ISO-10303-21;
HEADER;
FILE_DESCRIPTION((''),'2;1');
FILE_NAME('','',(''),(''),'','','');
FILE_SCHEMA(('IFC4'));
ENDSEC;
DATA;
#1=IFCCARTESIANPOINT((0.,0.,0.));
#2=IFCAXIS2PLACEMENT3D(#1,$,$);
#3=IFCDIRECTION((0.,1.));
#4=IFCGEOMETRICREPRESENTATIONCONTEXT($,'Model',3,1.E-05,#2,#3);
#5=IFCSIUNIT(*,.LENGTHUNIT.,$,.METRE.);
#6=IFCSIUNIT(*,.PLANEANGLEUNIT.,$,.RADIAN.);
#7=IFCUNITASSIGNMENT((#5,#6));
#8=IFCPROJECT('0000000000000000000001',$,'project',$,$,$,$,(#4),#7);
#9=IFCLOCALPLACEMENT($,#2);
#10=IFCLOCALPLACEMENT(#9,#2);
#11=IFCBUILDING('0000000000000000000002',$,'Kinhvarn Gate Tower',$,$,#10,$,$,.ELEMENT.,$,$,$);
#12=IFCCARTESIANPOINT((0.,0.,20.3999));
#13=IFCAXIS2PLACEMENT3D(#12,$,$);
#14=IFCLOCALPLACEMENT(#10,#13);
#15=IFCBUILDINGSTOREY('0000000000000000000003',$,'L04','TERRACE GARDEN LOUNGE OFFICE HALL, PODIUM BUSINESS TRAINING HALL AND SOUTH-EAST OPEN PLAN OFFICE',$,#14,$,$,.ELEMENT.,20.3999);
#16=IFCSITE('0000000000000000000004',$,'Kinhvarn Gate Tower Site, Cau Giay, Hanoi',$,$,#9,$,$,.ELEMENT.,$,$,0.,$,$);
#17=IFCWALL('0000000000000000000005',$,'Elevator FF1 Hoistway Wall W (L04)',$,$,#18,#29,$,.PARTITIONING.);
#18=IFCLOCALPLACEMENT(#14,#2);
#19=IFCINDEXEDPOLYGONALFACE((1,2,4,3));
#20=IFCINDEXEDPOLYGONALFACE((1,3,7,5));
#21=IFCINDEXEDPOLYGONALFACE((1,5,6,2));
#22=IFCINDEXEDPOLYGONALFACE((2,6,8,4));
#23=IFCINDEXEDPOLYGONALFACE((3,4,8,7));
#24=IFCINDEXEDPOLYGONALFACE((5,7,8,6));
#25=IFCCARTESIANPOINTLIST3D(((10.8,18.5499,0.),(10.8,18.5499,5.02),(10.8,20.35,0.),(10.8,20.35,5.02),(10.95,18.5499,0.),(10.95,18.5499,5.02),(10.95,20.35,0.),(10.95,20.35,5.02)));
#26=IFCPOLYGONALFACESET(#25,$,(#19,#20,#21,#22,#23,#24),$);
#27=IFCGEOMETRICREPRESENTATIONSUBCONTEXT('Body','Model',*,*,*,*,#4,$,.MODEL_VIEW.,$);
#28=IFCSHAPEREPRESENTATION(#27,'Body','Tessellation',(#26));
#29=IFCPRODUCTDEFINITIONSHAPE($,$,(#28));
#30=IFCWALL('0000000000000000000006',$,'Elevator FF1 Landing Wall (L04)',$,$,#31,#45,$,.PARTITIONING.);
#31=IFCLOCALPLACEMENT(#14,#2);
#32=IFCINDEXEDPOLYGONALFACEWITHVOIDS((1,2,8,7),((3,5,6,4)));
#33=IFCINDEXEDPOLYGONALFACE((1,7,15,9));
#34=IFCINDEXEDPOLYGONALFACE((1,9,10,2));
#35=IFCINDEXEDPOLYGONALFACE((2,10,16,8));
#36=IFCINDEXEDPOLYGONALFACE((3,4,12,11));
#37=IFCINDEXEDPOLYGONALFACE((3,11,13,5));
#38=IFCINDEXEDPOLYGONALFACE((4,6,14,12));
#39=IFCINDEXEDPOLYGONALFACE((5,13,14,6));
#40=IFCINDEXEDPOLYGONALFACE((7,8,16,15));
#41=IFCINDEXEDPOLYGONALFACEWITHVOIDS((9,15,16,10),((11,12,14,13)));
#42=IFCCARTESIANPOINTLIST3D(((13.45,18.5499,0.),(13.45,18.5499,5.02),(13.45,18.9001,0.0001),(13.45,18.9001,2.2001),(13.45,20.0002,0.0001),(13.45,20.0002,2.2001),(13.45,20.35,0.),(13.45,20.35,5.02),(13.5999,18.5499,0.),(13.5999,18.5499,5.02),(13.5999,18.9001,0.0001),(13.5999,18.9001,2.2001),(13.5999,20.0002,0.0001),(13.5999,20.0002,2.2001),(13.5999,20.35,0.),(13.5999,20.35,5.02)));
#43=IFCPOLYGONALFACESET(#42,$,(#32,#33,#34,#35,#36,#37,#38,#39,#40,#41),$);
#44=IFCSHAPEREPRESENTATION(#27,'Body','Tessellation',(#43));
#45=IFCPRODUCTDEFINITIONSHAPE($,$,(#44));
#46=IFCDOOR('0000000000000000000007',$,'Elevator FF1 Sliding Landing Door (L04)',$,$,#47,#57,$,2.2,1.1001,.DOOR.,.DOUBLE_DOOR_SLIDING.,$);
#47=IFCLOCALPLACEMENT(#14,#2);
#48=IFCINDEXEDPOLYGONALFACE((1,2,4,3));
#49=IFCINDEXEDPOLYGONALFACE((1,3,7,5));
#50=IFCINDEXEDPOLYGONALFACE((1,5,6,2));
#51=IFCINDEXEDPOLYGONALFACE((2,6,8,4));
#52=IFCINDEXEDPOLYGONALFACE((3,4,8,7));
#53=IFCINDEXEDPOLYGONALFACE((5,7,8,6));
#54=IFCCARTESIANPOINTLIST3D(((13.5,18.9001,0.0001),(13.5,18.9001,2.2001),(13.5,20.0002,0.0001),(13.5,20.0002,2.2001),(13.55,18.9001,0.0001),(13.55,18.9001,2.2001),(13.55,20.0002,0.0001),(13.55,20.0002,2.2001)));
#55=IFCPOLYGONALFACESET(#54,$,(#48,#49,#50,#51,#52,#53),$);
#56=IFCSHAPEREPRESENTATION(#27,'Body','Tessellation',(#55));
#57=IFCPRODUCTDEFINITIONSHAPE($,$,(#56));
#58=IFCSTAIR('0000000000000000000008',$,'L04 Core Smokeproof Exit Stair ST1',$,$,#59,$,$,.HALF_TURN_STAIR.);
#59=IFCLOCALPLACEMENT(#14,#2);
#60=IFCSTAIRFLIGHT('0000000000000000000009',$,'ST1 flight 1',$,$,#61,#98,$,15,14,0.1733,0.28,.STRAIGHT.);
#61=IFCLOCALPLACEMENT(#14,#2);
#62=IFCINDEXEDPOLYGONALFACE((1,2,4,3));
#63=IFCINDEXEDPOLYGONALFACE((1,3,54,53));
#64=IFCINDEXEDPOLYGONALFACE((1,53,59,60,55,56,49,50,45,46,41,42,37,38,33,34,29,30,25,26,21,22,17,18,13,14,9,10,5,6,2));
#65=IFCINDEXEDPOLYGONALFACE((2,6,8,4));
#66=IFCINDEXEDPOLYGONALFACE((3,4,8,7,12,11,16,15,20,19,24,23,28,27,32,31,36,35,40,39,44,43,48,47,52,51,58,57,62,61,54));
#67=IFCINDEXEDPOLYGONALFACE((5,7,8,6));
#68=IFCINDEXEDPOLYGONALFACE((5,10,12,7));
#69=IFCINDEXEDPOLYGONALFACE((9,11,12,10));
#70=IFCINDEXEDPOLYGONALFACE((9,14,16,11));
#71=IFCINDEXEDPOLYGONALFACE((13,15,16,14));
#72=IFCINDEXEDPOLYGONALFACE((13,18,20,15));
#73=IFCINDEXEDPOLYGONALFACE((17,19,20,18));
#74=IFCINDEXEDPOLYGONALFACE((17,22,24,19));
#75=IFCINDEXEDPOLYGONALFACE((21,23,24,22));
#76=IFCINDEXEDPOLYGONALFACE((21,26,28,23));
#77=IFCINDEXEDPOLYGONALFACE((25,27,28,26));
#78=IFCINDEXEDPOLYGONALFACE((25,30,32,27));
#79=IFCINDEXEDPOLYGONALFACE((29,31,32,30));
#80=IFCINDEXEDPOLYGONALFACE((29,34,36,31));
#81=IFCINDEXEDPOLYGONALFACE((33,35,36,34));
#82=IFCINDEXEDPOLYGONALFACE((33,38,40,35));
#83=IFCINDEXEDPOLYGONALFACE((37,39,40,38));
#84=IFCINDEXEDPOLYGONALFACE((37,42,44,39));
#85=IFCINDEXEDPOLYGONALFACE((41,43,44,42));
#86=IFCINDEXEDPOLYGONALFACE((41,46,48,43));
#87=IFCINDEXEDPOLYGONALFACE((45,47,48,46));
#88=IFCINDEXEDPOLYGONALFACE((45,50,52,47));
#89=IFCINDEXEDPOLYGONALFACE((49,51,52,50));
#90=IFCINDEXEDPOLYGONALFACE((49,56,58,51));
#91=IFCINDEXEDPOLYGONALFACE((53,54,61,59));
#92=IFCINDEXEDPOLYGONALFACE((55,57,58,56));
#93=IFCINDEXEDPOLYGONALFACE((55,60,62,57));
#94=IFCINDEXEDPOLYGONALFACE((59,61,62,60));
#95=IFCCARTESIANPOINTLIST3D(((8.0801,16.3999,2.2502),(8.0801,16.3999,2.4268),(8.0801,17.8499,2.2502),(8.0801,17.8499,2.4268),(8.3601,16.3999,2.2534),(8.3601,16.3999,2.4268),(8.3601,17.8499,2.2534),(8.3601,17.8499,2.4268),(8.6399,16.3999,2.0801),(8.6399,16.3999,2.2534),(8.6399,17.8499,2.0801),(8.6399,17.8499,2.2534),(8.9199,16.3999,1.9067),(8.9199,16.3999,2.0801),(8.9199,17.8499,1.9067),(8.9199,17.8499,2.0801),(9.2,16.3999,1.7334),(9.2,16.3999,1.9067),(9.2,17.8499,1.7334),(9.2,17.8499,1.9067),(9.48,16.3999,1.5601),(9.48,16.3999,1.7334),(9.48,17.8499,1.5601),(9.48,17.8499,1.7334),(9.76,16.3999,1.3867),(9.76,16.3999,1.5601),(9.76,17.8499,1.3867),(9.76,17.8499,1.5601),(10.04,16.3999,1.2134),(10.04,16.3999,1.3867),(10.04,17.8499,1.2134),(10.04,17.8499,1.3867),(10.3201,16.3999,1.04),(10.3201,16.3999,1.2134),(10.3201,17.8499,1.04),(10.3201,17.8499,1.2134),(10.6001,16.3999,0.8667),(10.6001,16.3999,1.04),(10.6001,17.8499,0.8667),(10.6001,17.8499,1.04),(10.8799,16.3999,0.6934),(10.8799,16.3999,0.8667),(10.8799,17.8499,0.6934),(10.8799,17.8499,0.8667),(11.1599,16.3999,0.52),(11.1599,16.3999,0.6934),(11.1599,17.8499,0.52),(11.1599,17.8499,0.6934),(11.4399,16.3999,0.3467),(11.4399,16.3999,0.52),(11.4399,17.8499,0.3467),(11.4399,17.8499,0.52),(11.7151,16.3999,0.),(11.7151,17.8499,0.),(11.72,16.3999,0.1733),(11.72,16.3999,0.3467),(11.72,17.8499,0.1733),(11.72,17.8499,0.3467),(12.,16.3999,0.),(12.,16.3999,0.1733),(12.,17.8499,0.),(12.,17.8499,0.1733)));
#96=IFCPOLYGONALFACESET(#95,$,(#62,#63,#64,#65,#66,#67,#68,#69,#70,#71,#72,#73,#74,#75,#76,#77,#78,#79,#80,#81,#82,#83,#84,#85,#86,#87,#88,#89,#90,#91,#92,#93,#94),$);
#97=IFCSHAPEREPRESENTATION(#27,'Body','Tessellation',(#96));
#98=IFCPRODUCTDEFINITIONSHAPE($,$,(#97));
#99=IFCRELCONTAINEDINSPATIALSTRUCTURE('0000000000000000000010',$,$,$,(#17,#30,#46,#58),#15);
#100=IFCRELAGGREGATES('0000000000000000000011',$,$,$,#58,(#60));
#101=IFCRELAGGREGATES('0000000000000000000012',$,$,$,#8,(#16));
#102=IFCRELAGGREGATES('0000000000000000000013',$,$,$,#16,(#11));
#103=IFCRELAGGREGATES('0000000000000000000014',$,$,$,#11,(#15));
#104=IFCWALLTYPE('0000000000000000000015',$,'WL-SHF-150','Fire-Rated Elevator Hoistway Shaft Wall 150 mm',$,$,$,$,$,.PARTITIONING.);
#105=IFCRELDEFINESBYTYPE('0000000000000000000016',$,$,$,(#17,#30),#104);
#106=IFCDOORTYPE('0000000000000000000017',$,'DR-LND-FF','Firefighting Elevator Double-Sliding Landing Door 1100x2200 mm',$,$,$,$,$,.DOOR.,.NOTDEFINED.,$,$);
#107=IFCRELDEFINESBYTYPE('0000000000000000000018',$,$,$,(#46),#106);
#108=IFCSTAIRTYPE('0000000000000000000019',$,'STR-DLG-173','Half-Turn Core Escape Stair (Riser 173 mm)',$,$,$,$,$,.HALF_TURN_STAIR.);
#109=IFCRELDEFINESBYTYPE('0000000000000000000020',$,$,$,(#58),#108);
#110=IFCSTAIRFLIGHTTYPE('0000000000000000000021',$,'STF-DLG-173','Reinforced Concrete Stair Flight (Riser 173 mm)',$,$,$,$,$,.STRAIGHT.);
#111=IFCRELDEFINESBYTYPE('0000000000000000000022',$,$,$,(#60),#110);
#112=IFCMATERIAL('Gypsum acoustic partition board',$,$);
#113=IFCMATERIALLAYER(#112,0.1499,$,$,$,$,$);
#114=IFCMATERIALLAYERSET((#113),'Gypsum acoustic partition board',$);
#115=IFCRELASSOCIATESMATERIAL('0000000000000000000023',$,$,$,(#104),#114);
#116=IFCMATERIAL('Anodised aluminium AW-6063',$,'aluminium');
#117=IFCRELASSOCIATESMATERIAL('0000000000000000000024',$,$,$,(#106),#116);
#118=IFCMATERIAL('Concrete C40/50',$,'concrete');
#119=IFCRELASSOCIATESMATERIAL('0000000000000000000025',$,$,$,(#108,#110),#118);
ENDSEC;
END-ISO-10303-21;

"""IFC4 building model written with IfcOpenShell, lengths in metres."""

from ifc_helpers import new_model, si_unit, direction, frame, frame_2d, origin, place, context, subcontext, project, spatial, polyline, rectangle, outline, extrude, material, layer, layer_set, type_object, element, fill, aggregate, save


model = new_model("IFC4")

# Units and contexts
model_context = context("Model", 3, precision=1e-05, world=origin(), true_north=direction((0.0, 1.0)))
body_context = subcontext(model_context, "Body", "Model", "MODEL_VIEW")
ifc_project = project(units=[si_unit("LENGTHUNIT", "METRE"), si_unit("PLANEANGLEUNIT", "RADIAN")], contexts=[model_context])

# Site, building, storey
site_placement = place(None, origin())
site = spatial("IfcSite", under=ifc_project, at=site_placement, Name="Kinhvarn Gate Tower Site, Cau Giay, Hanoi", CompositionType="ELEMENT", RefElevation=0.0)
building_placement = place(site_placement, origin())
building = spatial("IfcBuilding", under=site, at=building_placement, Name="Kinhvarn Gate Tower", CompositionType="ELEMENT")
storey_placement = place(building_placement, frame((0.0, 0.0, 20.3999)))
storey = spatial("IfcBuildingStorey", under=building, at=storey_placement, Name="L04", Description="TERRACE GARDEN LOUNGE OFFICE HALL, PODIUM BUSINESS TRAINING HALL AND SOUTH-EAST OPEN PLAN OFFICE", CompositionType="ELEMENT", Elevation=20.3999)

# Shared definitions
ifc_material_1 = material(Name="Anodised aluminium AW-6063", Category="aluminium")

# Shared definitions
ifc_material_2 = material(Name="Gypsum acoustic partition board")

# Wall
ifc_layer_1 = layer(ifc_material_2, 0.1499)
ifc_layer_set_1 = layer_set([ifc_layer_1], Name="Gypsum acoustic partition board")
wall_type_1 = type_object("IfcWallType", Name="WL-SHF-150", Description="Fire-Rated Elevator Hoistway Shaft Wall 150 mm", PredefinedType="PARTITIONING", material=ifc_layer_set_1)
wall_1_placement = place(storey_placement, frame((10.875, 18.55, 0.0), z_axis=(0.0, 0.0, 1.0), x_axis=(0.0, 1.0, 0.0)))
element("IfcWall", 1, at=wall_1_placement, inside=storey, type_object=wall_type_1, Name="Elevator FF1 Hoistway Wall W (L04)", PredefinedType="PARTITIONING", context=body_context, shape_type="SweptSolid", body=[
    extrude(rectangle(XDim=1.8, YDim=0.1499, at=frame_2d((0.8999, 0.0))), origin(), (0.0, 0.0, 1.0), 5.02),
])

# Wall, opening, door
wall_2_placement = place(storey_placement, frame((13.5249, 18.55, 0.0), z_axis=(0.0, 0.0, 1.0), x_axis=(0.0, 1.0, 0.0)))
wall_2 = element("IfcWall", 2, at=wall_2_placement, inside=storey, type_object=wall_type_1, Name="Elevator FF1 Landing Wall (L04)", PredefinedType="PARTITIONING", context=body_context, shape_type="SweptSolid", body=[
    extrude(rectangle(XDim=1.8, YDim=0.1499, at=frame_2d((0.8999, 0.0))), origin(), (0.0, 0.0, 1.0), 5.02),
])
opening_1_placement = place(wall_2_placement, frame((0.3501, 0.0, 0.0)))
opening_1 = element("IfcOpeningElement", 3, at=opening_1_placement, cuts=wall_2, PredefinedType="OPENING", context=body_context, shape_type="SweptSolid", body=[
    extrude(rectangle(XDim=1.1001, YDim=2.2, at=frame_2d((0.55, 1.1001))), frame((0.0, 0.085, 0.0), z_axis=(0.0, -1.0, 0.0), x_axis=(1.0, 0.0, 0.0)), (0.0, 0.0, 1.0), 0.1699),
])
door_type_1 = type_object("IfcDoorType", Name="DR-LND-FF", Description="Firefighting Elevator Double-Sliding Landing Door 1100x2200 mm", OperationType="NOTDEFINED", PredefinedType="DOOR", material=ifc_material_1)
door_1_placement = place(opening_1_placement, origin())
door_1 = element("IfcDoor", 4, at=door_1_placement, inside=storey, type_object=door_type_1, Name="Elevator FF1 Sliding Landing Door (L04)", OperationType="DOUBLE_DOOR_SLIDING", OverallHeight=2.2, OverallWidth=1.1001, PredefinedType="DOOR", context=body_context, shape_type="SweptSolid", body=[
    extrude(rectangle(XDim=1.1001, YDim=2.2, at=frame_2d((0.55, 1.1001))), frame((0.0, 0.0249, 0.0), z_axis=(0.0, -1.0, 0.0), x_axis=(1.0, 0.0, 0.0)), (0.0, 0.0, 1.0), 0.05),
])
fill(opening_1, door_1)
ifc_material_3 = material(Name="Concrete C40/50", Category="concrete")

# Stair, stair flight
stair_type = type_object("IfcStairType", Name="STR-DLG-173", Description="Half-Turn Core Escape Stair (Riser 173 mm)", PredefinedType="HALF_TURN_STAIR", material=ifc_material_3)
stair_placement = place(storey_placement, origin())
stair = element("IfcStair", 5, at=stair_placement, inside=storey, type_object=stair_type, Name="L04 Core Smokeproof Exit Stair ST1", PredefinedType="HALF_TURN_STAIR")
stair_flight_type = type_object("IfcStairFlightType", Name="STF-DLG-173", Description="Reinforced Concrete Stair Flight (Riser 173 mm)", PredefinedType="STRAIGHT", material=ifc_material_3)
stair_flight_placement = place(storey_placement, frame((12.0, 17.125, 0.0), z_axis=(0.0, 0.0, 1.0), x_axis=(-1.0, 0.0, 0.0)))
stair_flight = element("IfcStairFlight", 6, at=stair_flight_placement, type_object=stair_flight_type, Name="ST1 flight 1", NumberOfRisers=15, NumberOfTreads=14, PredefinedType="STRAIGHT", RiserHeight=0.1733, TreadLength=0.28, context=body_context, shape_type="SweptSolid", body=[
    extrude(outline(polyline([(0.0, 0.0), (0.0, 0.1733), (0.28, 0.1733), (0.28, 0.3467), (0.5601, 0.3467), (0.5601, 0.52), (0.8401, 0.52), (0.8401, 0.6934), (1.1201, 0.6934), (1.1201, 0.8667), (1.3999, 0.8667), (1.3999, 1.04), (1.6799, 1.04), (1.6799, 1.2134), (1.96, 1.2134), (1.96, 1.3867), (2.24, 1.3867), (2.24, 1.5601), (2.52, 1.5601), (2.52, 1.7334), (2.8, 1.7334), (2.8, 1.9067), (3.0801, 1.9067), (3.0801, 2.0801), (3.3601, 2.0801), (3.3601, 2.2534), (3.6399, 2.2534), (3.6399, 2.4268), (3.9199, 2.4268), (3.9199, 2.6001), (3.9199, 2.2502), (0.2849, 0.0), (0.0, 0.0)])), frame((0.0, 0.7251, 0.0), z_axis=(0.0, -1.0, 0.0), x_axis=(1.0, 0.0, 0.0)), (0.0, 0.0, 1.0), 1.45),
])
aggregate(stair, [stair_flight])

save(model, "model.ifc")
